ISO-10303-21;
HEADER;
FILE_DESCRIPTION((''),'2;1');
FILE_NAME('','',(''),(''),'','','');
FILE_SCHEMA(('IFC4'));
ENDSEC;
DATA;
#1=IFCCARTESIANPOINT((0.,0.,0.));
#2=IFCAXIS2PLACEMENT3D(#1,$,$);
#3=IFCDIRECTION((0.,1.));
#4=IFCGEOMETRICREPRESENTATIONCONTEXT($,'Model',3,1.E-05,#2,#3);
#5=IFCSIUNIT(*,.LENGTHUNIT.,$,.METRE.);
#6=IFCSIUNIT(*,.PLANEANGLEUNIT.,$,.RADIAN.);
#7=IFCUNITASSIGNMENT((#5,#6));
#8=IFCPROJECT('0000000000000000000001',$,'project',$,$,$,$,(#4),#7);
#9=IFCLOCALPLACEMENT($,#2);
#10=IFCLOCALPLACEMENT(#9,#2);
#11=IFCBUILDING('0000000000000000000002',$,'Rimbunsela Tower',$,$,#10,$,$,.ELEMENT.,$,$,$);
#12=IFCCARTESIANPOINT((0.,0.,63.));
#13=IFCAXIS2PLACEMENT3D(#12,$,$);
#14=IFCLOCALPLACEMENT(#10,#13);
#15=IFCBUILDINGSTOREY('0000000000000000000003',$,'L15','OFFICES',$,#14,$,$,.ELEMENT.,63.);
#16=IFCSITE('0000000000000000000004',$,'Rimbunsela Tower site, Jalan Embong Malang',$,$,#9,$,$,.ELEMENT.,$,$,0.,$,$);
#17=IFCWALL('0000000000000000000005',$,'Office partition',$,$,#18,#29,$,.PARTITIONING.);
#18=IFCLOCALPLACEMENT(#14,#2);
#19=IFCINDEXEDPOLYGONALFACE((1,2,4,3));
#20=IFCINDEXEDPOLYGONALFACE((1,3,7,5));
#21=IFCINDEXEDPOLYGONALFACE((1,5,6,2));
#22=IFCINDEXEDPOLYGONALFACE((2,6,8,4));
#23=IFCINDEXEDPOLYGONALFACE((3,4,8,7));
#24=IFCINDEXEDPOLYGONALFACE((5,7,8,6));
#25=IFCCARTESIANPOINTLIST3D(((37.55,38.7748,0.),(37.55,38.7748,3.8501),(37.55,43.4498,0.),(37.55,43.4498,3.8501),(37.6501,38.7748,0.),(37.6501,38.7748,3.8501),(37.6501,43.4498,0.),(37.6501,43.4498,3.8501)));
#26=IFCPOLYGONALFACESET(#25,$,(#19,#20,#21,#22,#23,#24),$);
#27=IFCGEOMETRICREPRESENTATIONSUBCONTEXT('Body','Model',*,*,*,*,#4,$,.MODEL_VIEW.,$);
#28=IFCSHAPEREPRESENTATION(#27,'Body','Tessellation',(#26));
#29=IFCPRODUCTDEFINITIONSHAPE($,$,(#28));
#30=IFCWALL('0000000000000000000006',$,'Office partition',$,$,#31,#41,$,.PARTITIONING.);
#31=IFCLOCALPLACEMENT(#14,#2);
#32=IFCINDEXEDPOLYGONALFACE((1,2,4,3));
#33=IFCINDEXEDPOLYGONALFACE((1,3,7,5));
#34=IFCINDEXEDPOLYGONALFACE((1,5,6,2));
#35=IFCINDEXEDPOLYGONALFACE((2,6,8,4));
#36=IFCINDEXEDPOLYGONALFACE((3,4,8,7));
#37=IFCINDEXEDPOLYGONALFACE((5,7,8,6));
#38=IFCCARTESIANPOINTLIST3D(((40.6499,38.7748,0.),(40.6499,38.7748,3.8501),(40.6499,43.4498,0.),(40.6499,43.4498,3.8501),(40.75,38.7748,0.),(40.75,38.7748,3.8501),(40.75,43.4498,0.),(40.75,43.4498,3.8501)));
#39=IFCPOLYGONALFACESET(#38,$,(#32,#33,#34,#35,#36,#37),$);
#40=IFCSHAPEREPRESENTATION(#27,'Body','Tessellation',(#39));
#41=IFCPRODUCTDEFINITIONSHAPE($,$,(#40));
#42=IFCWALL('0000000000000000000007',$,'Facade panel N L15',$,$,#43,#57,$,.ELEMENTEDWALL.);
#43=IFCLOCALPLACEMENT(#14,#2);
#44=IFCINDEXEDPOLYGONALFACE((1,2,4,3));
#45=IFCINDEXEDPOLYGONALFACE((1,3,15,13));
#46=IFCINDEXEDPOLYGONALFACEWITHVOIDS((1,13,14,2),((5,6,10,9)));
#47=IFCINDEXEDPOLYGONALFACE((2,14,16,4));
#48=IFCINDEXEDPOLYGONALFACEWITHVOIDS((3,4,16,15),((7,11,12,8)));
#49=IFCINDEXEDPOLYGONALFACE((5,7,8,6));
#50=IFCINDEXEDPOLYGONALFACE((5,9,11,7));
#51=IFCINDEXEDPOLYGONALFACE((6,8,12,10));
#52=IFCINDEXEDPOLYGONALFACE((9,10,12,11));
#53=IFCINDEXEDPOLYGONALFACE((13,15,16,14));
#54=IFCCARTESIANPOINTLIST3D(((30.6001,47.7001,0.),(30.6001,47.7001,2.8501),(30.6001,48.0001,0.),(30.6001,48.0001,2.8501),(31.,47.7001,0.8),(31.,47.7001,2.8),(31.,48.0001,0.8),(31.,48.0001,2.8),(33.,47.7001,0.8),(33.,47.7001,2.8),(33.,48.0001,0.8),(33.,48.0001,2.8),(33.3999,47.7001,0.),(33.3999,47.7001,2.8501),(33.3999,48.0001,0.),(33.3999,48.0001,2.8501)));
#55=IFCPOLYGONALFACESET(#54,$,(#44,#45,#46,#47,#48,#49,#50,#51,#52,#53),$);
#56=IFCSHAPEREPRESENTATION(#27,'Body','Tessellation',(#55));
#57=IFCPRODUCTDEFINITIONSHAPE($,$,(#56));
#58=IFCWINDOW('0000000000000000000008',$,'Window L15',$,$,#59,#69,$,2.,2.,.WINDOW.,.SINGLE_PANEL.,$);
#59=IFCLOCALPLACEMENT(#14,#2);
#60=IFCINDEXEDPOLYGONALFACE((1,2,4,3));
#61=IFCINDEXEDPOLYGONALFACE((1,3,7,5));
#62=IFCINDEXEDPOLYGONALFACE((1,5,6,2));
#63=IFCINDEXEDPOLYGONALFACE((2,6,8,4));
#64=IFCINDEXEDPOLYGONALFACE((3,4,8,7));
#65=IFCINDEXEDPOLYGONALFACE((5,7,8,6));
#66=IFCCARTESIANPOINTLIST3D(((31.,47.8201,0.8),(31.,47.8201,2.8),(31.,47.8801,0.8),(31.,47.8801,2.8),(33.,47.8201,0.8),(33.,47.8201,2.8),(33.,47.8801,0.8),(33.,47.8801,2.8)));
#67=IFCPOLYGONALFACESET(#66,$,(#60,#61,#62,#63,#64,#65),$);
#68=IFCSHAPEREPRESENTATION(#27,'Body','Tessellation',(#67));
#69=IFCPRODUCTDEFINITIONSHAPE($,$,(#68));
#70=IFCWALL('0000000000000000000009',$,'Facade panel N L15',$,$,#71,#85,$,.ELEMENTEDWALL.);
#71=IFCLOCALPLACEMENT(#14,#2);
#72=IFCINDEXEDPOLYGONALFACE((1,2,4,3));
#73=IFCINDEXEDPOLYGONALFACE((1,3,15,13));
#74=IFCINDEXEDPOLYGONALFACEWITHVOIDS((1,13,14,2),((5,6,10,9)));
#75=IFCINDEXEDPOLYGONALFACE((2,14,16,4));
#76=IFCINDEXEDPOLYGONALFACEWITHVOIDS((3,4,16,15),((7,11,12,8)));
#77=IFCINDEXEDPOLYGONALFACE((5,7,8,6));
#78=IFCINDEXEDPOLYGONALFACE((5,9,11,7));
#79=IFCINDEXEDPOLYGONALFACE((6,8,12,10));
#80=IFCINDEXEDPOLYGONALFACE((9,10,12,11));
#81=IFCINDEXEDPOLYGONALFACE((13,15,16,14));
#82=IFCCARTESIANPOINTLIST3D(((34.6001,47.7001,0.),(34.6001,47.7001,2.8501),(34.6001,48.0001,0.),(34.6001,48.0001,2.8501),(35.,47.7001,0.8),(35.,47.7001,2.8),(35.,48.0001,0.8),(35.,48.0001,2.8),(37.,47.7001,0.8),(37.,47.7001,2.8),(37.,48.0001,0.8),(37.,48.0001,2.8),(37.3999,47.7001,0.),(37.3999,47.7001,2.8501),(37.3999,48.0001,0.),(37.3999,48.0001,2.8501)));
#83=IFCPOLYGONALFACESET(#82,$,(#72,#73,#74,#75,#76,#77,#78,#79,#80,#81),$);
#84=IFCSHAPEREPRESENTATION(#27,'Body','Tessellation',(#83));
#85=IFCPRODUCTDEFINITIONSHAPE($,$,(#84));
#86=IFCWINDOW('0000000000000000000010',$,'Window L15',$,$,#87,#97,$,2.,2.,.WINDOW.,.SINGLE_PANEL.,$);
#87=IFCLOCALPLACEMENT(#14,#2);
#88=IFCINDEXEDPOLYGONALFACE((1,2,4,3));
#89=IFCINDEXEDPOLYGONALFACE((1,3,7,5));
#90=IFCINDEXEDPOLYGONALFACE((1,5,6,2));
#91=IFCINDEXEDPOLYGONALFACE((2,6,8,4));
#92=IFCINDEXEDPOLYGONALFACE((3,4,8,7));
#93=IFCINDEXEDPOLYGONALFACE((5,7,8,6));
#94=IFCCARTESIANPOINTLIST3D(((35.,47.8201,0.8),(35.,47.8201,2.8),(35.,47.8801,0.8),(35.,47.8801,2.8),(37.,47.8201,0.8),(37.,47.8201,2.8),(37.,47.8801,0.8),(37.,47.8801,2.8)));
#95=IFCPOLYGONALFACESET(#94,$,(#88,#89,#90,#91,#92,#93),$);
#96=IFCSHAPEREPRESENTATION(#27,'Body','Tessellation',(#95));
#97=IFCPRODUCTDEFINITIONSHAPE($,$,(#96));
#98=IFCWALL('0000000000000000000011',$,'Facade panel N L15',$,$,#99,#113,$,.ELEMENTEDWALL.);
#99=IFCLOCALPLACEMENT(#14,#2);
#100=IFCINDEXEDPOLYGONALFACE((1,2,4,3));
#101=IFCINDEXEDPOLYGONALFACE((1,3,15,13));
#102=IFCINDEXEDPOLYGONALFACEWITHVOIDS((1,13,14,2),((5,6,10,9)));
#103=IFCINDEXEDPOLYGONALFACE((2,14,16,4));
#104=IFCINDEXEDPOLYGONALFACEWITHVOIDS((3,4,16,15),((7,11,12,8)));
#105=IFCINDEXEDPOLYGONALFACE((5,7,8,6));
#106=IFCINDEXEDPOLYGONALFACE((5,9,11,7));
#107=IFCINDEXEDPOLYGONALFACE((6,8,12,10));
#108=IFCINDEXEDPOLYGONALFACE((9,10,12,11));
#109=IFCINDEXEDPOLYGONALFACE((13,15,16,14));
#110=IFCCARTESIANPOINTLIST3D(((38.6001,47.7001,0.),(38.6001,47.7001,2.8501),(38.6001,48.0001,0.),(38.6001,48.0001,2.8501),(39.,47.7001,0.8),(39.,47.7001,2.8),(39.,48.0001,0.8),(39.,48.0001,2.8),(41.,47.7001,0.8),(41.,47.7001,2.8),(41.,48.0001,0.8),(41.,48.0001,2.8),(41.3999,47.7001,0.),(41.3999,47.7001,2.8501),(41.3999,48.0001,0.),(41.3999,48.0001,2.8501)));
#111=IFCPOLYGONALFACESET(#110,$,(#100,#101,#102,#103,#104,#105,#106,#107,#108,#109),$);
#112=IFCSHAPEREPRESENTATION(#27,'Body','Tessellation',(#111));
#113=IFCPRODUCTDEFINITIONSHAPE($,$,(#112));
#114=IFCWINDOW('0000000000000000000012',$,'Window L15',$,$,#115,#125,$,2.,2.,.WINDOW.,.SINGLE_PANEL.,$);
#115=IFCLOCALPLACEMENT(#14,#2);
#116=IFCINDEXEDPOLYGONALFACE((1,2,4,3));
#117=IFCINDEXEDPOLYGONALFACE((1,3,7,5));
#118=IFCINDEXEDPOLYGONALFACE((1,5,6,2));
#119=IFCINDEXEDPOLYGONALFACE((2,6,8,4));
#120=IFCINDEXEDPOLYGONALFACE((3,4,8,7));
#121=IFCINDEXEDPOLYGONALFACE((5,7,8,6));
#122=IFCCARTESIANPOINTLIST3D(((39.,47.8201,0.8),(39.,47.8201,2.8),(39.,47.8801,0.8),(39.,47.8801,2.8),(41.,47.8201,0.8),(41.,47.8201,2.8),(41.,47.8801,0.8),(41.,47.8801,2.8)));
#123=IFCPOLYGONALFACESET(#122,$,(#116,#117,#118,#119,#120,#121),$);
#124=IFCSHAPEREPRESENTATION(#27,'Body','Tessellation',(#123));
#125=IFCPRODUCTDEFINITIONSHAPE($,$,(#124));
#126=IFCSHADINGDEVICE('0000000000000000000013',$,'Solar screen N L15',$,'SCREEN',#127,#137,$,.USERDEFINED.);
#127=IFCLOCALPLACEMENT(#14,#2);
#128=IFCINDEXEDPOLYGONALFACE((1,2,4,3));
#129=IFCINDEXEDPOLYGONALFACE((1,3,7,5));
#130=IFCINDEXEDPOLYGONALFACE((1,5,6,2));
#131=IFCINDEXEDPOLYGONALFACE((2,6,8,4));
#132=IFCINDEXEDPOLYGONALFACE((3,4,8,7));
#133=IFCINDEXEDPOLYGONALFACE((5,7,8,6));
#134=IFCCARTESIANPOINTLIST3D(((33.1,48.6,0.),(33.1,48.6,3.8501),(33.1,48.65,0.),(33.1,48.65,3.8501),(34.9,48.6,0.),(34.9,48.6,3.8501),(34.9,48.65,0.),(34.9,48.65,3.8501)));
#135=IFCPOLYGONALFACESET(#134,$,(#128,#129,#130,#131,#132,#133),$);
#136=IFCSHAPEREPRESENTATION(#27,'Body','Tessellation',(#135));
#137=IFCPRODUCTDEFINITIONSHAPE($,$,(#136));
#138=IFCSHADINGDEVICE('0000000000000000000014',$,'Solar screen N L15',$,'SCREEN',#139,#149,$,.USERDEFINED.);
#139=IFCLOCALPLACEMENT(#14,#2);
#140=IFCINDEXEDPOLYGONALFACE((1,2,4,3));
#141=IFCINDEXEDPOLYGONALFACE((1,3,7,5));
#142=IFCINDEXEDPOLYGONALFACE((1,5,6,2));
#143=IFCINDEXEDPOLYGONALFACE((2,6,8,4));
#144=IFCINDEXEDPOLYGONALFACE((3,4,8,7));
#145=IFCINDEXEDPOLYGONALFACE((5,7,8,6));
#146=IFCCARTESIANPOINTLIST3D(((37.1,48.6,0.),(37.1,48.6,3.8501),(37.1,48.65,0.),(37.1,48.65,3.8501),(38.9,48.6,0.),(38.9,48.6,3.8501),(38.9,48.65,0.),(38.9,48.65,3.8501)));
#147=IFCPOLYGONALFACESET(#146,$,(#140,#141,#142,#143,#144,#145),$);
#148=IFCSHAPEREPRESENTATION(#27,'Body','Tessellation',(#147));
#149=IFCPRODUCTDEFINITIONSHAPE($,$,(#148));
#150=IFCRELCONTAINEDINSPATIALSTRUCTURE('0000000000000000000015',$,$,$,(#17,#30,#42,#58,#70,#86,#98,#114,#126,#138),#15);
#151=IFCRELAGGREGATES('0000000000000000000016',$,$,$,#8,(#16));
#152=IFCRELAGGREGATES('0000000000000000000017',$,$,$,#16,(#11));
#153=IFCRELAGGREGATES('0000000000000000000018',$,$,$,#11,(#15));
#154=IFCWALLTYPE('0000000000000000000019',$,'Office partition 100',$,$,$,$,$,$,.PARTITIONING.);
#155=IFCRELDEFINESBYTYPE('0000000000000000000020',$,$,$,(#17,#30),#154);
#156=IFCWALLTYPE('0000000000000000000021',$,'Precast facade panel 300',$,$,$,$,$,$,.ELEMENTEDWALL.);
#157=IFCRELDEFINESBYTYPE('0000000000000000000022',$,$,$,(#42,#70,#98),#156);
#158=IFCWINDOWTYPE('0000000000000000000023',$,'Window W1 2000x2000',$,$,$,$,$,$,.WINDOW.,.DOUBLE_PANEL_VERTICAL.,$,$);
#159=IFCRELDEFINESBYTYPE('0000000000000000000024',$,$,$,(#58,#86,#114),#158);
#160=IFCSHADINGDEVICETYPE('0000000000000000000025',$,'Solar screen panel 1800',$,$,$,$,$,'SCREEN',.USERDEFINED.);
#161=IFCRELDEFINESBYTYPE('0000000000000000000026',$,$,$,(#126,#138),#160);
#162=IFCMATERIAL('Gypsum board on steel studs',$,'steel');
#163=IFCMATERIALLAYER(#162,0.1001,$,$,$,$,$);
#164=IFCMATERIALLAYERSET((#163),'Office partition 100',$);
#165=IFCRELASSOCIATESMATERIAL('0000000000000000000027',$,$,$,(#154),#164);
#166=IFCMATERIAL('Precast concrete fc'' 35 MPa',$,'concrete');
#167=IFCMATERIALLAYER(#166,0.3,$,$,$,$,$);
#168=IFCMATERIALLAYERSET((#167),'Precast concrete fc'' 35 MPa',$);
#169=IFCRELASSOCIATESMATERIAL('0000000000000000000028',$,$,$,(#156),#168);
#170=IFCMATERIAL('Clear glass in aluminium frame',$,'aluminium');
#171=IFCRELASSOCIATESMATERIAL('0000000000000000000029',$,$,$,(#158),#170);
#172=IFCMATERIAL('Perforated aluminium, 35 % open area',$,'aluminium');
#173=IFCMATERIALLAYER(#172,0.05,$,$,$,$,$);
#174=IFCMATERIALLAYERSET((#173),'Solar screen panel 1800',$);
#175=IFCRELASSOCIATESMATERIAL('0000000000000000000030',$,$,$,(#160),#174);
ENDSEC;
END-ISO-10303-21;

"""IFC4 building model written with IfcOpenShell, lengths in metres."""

from ifc_helpers import new_model, si_unit, direction, frame, frame_2d, origin, origin_2d, place, context, subcontext, project, spatial, rectangle, extrude, material, layer, layer_set, type_object, element, fill, save


model = new_model("IFC4")

# Units and contexts
model_context = context("Model", 3, precision=1e-05, world=origin(), true_north=direction((0.0, 1.0)))
body_context = subcontext(model_context, "Body", "Model", "MODEL_VIEW")
ifc_project = project(units=[si_unit("LENGTHUNIT", "METRE"), si_unit("PLANEANGLEUNIT", "RADIAN")], contexts=[model_context])

# Site, building, storey
site_placement = place(None, origin())
site = spatial("IfcSite", under=ifc_project, at=site_placement, Name="Rimbunsela Tower site, Jalan Embong Malang", CompositionType="ELEMENT", RefElevation=0.0)
building_placement = place(site_placement, origin())
building = spatial("IfcBuilding", under=site, at=building_placement, Name="Rimbunsela Tower", CompositionType="ELEMENT")
storey_placement = place(building_placement, frame((0.0, 0.0, 63.0)))
storey = spatial("IfcBuildingStorey", under=building, at=storey_placement, Name="L15", Description="OFFICES", CompositionType="ELEMENT", Elevation=63.0)

# Shared definitions
ifc_material_1 = material(Name="Gypsum board on steel studs", Category="steel")
ifc_layer_1 = layer(ifc_material_1, 0.1001)
ifc_layer_set_1 = layer_set([ifc_layer_1], Name="Office partition 100")
wall_type_1 = type_object("IfcWallType", Name="Office partition 100", PredefinedType="PARTITIONING", material=ifc_layer_set_1)

# Walls
for number, where, z_axis, x_axis, name in (
    (1, (37.6001, 38.7749, 0.0), (0.0, 0.0, 1.0), (0.0, 1.0, 0.0), "Office partition"),
    (2, (40.7, 38.7749, 0.0), (0.0, 0.0, 1.0), (0.0, 1.0, 0.0), "Office partition"),
):
    element("IfcWall", number, at=place(storey_placement, frame(where, z_axis=z_axis, x_axis=x_axis)), inside=storey, type_object=wall_type_1, Name=name, PredefinedType="PARTITIONING", context=body_context, shape_type="SweptSolid", body=[
        extrude(rectangle(XDim=4.675, YDim=0.1001, at=frame_2d((2.3374, 0.0))), origin(), (0.0, 0.0, 1.0), 3.8501),
    ])

# Walls, openings, windows
ifc_material_2 = material(Name="Precast concrete fc' 35 MPa", Category="concrete")
ifc_layer_2 = layer(ifc_material_2, 0.3)
ifc_layer_set_2 = layer_set([ifc_layer_2], Name="Precast concrete fc' 35 MPa")
wall_type_2 = type_object("IfcWallType", Name="Precast facade panel 300", PredefinedType="ELEMENTEDWALL", material=ifc_layer_set_2)
wall_1_placement = place(storey_placement, frame((33.3999, 47.8501, 0.0), z_axis=(0.0, 0.0, 1.0), x_axis=(-1.0, 0.0, 0.0)))
wall_1 = element("IfcWall", 3, at=wall_1_placement, inside=storey, type_object=wall_type_2, Name="Facade panel N L15", PredefinedType="ELEMENTEDWALL", context=body_context, shape_type="SweptSolid", body=[
    extrude(rectangle(XDim=2.7998, YDim=0.3, at=frame_2d((1.3999, 0.0))), origin(), (0.0, 0.0, 1.0), 2.8501),
])
opening_1_placement = place(wall_1_placement, frame((0.3999, 0.0, 0.8)))
opening_1 = element("IfcOpeningElement", 4, at=opening_1_placement, cuts=wall_1, PredefinedType="OPENING", context=body_context, shape_type="SweptSolid", body=[
    extrude(rectangle(XDim=2.0, YDim=2.0, at=frame_2d((1.0, 1.0))), frame((0.0, 0.1599, 0.0), z_axis=(0.0, -1.0, 0.0), x_axis=(1.0, 0.0, 0.0)), (0.0, 0.0, 1.0), 0.3201),
])
ifc_material_3 = material(Name="Clear glass in aluminium frame", Category="aluminium")
window_type = type_object("IfcWindowType", Name="Window W1 2000x2000", PartitioningType="DOUBLE_PANEL_VERTICAL", PredefinedType="WINDOW", material=ifc_material_3)
window_1_placement = place(opening_1_placement, origin())
window_1 = element("IfcWindow", 5, at=window_1_placement, inside=storey, type_object=window_type, Name="Window L15", OverallHeight=2.0, OverallWidth=2.0, PartitioningType="SINGLE_PANEL", PredefinedType="WINDOW", context=body_context, shape_type="SweptSolid", body=[
    extrude(rectangle(XDim=2.0, YDim=2.0, at=frame_2d((1.0, 1.0))), frame((0.0, 0.03, 0.0), z_axis=(0.0, -1.0, 0.0), x_axis=(1.0, 0.0, 0.0)), (0.0, 0.0, 1.0), 0.0601),
])
fill(opening_1, window_1)
wall_2_placement = place(storey_placement, frame((37.3999, 47.8501, 0.0), z_axis=(0.0, 0.0, 1.0), x_axis=(-1.0, 0.0, 0.0)))
wall_2 = element("IfcWall", 6, at=wall_2_placement, inside=storey, type_object=wall_type_2, Name="Facade panel N L15", PredefinedType="ELEMENTEDWALL", context=body_context, shape_type="SweptSolid", body=[
    extrude(rectangle(XDim=2.7998, YDim=0.3, at=frame_2d((1.3999, 0.0))), origin(), (0.0, 0.0, 1.0), 2.8501),
])
opening_2_placement = place(wall_2_placement, frame((0.3999, 0.0, 0.8)))
opening_2 = element("IfcOpeningElement", 7, at=opening_2_placement, cuts=wall_2, PredefinedType="OPENING", context=body_context, shape_type="SweptSolid", body=[
    extrude(rectangle(XDim=2.0, YDim=2.0, at=frame_2d((1.0, 1.0))), frame((0.0, 0.1599, 0.0), z_axis=(0.0, -1.0, 0.0), x_axis=(1.0, 0.0, 0.0)), (0.0, 0.0, 1.0), 0.3201),
])
window_2_placement = place(opening_2_placement, origin())
window_2 = element("IfcWindow", 8, at=window_2_placement, inside=storey, type_object=window_type, Name="Window L15", OverallHeight=2.0, OverallWidth=2.0, PartitioningType="SINGLE_PANEL", PredefinedType="WINDOW", context=body_context, shape_type="SweptSolid", body=[
    extrude(rectangle(XDim=2.0, YDim=2.0, at=frame_2d((1.0, 1.0))), frame((0.0, 0.03, 0.0), z_axis=(0.0, -1.0, 0.0), x_axis=(1.0, 0.0, 0.0)), (0.0, 0.0, 1.0), 0.0601),
])
fill(opening_2, window_2)
wall_3_placement = place(storey_placement, frame((41.3999, 47.8501, 0.0), z_axis=(0.0, 0.0, 1.0), x_axis=(-1.0, 0.0, 0.0)))
wall_3 = element("IfcWall", 9, at=wall_3_placement, inside=storey, type_object=wall_type_2, Name="Facade panel N L15", PredefinedType="ELEMENTEDWALL", context=body_context, shape_type="SweptSolid", body=[
    extrude(rectangle(XDim=2.7998, YDim=0.3, at=frame_2d((1.3999, 0.0))), origin(), (0.0, 0.0, 1.0), 2.8501),
])
opening_3_placement = place(wall_3_placement, frame((0.3999, 0.0, 0.8)))
opening_3 = element("IfcOpeningElement", 10, at=opening_3_placement, cuts=wall_3, PredefinedType="OPENING", context=body_context, shape_type="SweptSolid", body=[
    extrude(rectangle(XDim=2.0, YDim=2.0, at=frame_2d((1.0, 1.0))), frame((0.0, 0.1599, 0.0), z_axis=(0.0, -1.0, 0.0), x_axis=(1.0, 0.0, 0.0)), (0.0, 0.0, 1.0), 0.3201),
])
window_3_placement = place(opening_3_placement, origin())
window_3 = element("IfcWindow", 11, at=window_3_placement, inside=storey, type_object=window_type, Name="Window L15", OverallHeight=2.0, OverallWidth=2.0, PartitioningType="SINGLE_PANEL", PredefinedType="WINDOW", context=body_context, shape_type="SweptSolid", body=[
    extrude(rectangle(XDim=2.0, YDim=2.0, at=frame_2d((1.0, 1.0))), frame((0.0, 0.03, 0.0), z_axis=(0.0, -1.0, 0.0), x_axis=(1.0, 0.0, 0.0)), (0.0, 0.0, 1.0), 0.0601),
])
fill(opening_3, window_3)

# Shading devices
ifc_material_4 = material(Name="Perforated aluminium, 35 % open area", Category="aluminium")
ifc_layer_3 = layer(ifc_material_4, 0.05)
ifc_layer_set_3 = layer_set([ifc_layer_3], Name="Solar screen panel 1800")
shading_device_type = type_object("IfcShadingDeviceType", Name="Solar screen panel 1800", ElementType="SCREEN", PredefinedType="USERDEFINED", material=ifc_layer_set_3)
for number, where, z_axis, x_axis, name in (
    (12, (34.0, 48.625, 0.0), (0.0, 0.0, 1.0), (1.0, 0.0, 0.0), "Solar screen N L15"),
    (13, (38.0, 48.625, 0.0), (0.0, 0.0, 1.0), (1.0, 0.0, 0.0), "Solar screen N L15"),
):
    element("IfcShadingDevice", number, at=place(storey_placement, frame(where, z_axis=z_axis, x_axis=x_axis)), inside=storey, type_object=shading_device_type, Name=name, ObjectType="SCREEN", PredefinedType="USERDEFINED", context=body_context, shape_type="SweptSolid", body=[
        extrude(rectangle(XDim=1.8, YDim=0.05, at=origin_2d()), origin(), (0.0, 0.0, 1.0), 3.8501),
    ])

save(model, "model.ifc")
